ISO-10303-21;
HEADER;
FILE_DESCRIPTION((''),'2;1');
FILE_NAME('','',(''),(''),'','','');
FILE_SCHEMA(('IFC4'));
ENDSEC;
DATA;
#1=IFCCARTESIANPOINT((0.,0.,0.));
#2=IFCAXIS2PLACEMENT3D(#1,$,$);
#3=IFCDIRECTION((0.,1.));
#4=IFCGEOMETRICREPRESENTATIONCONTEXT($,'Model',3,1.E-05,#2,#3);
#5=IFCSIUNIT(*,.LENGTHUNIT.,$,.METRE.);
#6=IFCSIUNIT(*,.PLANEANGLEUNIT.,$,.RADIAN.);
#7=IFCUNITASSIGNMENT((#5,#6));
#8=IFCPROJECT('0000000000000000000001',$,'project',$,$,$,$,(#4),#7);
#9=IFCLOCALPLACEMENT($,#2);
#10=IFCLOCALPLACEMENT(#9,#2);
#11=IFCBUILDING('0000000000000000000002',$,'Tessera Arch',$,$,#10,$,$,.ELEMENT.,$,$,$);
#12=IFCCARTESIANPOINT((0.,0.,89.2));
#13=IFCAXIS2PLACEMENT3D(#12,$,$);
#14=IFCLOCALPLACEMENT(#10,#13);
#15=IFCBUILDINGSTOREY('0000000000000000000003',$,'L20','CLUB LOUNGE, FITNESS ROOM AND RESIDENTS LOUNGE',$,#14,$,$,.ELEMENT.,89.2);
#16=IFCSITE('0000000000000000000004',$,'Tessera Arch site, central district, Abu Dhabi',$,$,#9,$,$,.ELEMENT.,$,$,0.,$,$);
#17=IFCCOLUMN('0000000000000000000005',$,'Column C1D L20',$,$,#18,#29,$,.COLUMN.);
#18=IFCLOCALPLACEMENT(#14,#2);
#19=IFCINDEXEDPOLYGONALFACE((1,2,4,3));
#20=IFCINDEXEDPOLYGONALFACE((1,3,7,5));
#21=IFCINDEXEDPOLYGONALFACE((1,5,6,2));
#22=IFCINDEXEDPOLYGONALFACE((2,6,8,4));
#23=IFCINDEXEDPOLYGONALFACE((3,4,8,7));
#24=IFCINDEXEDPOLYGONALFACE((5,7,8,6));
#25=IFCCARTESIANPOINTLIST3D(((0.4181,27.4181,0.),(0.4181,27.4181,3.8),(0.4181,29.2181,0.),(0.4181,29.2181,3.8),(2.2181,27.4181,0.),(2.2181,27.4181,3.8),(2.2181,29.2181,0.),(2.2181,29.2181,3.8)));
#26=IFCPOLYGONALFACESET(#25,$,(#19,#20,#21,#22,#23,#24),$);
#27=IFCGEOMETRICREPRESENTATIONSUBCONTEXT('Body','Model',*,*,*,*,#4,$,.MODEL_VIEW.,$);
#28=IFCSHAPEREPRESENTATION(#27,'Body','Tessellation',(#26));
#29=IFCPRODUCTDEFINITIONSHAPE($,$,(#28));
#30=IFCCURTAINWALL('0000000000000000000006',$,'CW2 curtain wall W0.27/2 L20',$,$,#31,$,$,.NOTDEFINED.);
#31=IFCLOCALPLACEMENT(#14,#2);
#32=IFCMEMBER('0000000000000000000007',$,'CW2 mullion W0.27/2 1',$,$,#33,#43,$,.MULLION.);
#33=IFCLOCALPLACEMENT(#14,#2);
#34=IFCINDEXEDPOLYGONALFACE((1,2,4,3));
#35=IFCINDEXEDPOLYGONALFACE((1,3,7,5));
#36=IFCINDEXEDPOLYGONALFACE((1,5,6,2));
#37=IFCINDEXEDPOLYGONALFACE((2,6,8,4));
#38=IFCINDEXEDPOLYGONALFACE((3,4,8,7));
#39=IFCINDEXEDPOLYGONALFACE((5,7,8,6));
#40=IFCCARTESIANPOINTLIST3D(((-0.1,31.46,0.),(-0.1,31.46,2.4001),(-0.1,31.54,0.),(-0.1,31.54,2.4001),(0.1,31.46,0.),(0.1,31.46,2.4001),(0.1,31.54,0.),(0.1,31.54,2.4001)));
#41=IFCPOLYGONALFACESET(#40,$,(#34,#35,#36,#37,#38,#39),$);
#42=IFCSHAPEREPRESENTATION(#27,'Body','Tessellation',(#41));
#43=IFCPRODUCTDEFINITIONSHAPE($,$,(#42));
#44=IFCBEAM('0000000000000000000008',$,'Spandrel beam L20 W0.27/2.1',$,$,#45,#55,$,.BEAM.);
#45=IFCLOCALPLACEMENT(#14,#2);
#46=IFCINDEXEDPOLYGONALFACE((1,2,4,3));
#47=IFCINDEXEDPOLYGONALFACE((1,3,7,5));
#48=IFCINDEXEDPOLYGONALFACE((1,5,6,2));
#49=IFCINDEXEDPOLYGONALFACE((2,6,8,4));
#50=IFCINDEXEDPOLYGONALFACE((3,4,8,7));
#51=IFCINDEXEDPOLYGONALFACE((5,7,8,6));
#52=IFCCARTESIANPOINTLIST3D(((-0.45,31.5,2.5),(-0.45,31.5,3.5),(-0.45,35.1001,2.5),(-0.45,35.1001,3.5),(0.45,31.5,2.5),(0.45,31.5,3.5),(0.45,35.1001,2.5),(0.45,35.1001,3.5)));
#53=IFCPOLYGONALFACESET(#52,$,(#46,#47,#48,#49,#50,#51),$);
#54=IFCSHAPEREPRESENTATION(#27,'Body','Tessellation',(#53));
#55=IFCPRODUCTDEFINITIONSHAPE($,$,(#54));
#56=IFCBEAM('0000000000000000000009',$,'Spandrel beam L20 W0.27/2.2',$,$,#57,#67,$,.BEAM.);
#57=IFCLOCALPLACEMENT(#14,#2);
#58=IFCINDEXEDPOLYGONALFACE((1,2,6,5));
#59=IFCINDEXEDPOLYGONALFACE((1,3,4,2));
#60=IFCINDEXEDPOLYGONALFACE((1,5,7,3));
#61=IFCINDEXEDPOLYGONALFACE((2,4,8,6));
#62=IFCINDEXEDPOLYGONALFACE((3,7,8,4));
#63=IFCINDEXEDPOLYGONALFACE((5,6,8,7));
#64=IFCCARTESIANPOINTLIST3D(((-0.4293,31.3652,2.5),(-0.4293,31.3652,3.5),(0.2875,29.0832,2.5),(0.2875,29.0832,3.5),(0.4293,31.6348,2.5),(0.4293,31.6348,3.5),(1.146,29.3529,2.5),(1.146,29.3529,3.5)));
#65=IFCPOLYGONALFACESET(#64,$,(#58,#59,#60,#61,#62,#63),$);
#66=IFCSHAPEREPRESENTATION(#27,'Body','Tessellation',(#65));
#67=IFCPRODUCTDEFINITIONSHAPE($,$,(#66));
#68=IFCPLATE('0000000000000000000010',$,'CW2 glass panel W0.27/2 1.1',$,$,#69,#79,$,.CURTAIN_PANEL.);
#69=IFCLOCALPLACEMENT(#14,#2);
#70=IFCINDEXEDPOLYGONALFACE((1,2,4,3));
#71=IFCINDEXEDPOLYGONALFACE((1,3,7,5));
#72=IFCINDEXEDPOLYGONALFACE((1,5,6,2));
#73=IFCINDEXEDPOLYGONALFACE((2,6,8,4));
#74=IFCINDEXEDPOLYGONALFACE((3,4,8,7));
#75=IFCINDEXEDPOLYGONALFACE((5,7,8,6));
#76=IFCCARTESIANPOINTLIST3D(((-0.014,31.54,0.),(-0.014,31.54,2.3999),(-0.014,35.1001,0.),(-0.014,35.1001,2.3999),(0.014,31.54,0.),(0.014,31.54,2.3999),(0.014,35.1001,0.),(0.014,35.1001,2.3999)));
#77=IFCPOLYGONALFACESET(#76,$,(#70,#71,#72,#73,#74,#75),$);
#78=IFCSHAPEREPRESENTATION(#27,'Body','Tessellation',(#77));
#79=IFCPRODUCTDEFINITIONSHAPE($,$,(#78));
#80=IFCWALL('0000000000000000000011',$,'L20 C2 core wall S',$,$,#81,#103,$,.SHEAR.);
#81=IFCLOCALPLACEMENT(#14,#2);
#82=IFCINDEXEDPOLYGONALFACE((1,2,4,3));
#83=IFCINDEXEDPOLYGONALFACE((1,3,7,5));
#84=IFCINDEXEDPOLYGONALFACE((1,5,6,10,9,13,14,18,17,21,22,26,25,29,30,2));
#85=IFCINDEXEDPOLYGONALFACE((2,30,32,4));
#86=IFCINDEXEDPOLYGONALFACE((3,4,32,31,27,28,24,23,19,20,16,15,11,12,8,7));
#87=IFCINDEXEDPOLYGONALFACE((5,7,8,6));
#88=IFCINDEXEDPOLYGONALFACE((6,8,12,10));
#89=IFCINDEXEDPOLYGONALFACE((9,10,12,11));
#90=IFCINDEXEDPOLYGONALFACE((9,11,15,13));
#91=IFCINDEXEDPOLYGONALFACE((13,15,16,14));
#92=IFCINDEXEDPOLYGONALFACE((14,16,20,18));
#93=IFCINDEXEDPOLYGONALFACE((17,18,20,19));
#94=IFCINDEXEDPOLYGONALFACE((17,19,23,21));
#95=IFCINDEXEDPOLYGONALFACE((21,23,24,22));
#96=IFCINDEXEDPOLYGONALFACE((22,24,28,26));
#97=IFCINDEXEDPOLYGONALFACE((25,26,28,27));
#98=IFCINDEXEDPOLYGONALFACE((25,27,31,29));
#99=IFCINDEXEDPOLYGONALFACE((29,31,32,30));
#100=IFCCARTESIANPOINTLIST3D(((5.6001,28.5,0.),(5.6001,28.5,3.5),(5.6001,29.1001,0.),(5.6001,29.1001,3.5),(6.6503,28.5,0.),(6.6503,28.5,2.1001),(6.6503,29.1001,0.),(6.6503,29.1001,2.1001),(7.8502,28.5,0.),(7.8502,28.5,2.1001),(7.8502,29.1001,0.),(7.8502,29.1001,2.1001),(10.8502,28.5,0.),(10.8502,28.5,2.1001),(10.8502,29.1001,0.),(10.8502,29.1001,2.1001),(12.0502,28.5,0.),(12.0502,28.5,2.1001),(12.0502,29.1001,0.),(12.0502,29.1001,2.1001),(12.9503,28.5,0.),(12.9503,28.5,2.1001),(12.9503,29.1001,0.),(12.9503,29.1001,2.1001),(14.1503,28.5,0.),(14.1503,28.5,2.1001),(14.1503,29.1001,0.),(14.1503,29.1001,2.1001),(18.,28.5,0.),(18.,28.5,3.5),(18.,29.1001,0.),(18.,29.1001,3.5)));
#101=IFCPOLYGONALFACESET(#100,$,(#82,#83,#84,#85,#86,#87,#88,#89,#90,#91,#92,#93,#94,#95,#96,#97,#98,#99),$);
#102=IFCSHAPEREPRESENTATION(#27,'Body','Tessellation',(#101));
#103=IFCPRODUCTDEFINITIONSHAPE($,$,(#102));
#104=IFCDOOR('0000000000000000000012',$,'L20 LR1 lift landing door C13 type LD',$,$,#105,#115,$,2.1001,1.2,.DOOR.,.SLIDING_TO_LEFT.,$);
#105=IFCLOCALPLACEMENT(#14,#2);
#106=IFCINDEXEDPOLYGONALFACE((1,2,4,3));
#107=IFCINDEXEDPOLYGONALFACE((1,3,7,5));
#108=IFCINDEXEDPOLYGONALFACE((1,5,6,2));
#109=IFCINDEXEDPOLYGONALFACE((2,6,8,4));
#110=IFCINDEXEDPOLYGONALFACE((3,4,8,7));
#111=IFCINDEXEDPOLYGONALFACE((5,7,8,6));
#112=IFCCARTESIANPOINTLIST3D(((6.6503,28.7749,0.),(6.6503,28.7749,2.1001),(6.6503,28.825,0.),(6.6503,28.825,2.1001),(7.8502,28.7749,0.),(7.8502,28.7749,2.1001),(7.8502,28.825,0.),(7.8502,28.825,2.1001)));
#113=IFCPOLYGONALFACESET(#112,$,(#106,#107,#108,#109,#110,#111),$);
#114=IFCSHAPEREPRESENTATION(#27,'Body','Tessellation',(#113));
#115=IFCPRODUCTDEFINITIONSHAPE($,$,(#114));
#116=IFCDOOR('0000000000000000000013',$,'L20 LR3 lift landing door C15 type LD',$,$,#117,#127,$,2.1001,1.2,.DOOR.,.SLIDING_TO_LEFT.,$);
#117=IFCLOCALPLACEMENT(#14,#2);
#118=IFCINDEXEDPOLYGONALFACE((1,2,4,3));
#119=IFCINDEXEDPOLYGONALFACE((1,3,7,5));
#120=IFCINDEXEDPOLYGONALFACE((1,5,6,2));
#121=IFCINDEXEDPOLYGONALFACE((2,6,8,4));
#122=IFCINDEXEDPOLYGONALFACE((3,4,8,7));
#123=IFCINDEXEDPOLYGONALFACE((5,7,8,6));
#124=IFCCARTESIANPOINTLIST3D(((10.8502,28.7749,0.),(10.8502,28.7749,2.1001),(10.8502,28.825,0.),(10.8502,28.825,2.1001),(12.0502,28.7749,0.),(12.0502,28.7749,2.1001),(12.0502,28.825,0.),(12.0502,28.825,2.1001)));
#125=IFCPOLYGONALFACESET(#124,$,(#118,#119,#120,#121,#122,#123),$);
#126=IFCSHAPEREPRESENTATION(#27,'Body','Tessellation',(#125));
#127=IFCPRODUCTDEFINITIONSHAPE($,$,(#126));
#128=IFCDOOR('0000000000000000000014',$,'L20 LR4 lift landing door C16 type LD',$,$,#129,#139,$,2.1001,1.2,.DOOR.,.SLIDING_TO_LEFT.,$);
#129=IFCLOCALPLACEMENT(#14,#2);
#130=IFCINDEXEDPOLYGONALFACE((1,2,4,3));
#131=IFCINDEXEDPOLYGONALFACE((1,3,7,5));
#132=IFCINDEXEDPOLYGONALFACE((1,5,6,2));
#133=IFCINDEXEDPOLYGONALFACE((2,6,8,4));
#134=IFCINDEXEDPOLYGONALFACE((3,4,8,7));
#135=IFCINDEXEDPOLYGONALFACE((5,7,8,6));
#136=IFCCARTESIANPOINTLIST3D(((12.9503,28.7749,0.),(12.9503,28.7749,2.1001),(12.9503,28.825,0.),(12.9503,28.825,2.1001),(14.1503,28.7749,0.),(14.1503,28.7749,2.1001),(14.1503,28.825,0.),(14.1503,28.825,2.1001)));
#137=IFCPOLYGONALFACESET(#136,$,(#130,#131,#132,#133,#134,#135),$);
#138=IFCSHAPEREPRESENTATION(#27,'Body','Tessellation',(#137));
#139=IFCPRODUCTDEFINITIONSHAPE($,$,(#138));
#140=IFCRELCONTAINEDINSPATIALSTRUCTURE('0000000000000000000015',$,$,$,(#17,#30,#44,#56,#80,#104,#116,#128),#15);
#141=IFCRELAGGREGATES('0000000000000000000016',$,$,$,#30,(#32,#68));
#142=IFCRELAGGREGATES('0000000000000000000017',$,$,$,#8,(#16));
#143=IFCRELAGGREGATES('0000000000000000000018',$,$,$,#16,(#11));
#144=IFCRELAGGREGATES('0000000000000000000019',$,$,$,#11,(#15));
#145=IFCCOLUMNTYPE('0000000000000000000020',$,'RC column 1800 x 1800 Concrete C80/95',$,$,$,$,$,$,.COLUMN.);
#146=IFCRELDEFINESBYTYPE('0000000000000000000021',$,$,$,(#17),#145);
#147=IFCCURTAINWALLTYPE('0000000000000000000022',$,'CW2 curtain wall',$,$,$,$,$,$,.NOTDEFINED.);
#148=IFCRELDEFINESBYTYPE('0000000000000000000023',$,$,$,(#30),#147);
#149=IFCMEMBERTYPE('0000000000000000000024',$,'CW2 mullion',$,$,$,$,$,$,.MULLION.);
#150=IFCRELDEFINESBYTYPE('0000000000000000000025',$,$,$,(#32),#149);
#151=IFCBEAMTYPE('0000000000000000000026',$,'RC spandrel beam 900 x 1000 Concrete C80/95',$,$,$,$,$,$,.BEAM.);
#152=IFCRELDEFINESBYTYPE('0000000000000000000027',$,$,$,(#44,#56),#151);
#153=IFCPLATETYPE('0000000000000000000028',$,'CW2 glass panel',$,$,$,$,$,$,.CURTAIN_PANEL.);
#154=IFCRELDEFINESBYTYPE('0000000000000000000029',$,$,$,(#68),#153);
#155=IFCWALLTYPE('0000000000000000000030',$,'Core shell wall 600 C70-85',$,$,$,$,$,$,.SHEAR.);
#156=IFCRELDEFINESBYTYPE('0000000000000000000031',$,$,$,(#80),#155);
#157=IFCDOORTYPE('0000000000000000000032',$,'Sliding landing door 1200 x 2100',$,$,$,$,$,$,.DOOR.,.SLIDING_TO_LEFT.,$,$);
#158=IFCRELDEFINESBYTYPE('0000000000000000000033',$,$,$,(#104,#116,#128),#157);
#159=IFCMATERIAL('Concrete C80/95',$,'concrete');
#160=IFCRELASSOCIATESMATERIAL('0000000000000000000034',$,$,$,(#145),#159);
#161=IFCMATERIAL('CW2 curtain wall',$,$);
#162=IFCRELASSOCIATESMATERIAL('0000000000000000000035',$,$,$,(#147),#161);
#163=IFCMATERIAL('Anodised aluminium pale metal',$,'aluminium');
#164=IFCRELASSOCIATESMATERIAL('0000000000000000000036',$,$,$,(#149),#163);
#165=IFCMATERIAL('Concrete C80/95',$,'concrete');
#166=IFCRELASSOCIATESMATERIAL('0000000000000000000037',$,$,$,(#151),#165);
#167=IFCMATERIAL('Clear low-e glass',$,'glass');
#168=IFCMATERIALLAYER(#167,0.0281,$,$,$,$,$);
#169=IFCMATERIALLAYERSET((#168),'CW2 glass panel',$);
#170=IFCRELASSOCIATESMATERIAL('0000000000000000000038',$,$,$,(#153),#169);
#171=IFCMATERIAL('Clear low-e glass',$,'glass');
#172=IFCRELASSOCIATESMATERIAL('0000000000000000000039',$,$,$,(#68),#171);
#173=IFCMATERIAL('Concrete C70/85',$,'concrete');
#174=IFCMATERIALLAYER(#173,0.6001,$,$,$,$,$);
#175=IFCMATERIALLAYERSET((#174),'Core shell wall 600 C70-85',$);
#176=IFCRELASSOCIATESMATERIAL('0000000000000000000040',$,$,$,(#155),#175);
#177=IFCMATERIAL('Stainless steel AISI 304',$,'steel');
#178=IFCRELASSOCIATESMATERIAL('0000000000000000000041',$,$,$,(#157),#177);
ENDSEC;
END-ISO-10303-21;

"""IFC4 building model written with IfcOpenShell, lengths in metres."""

from ifc_helpers import new_model, si_unit, direction, frame, frame_2d, origin, origin_2d, place, context, subcontext, project, spatial, rectangle, extrude, material, layer, layer_set, material_profile, profile_set, type_object, element, fill, aggregate, save


model = new_model("IFC4")

# Units and contexts
model_context = context("Model", 3, precision=1e-05, world=origin(), true_north=direction((0.0, 1.0)))
body_context = subcontext(model_context, "Body", "Model", "MODEL_VIEW")
ifc_project = project(units=[si_unit("LENGTHUNIT", "METRE"), si_unit("PLANEANGLEUNIT", "RADIAN")], contexts=[model_context])

# Site, building, storey
site_placement = place(None, origin())
site = spatial("IfcSite", under=ifc_project, at=site_placement, Name="Tessera Arch site, central district, Abu Dhabi", CompositionType="ELEMENT", RefElevation=0.0)
building_placement = place(site_placement, origin())
building = spatial("IfcBuilding", under=site, at=building_placement, Name="Tessera Arch", CompositionType="ELEMENT")
storey_placement = place(building_placement, frame((0.0, 0.0, 89.2)))
storey = spatial("IfcBuildingStorey", under=building, at=storey_placement, Name="L20", Description="CLUB LOUNGE, FITNESS ROOM AND RESIDENTS LOUNGE", CompositionType="ELEMENT", Elevation=89.2)

# Column
ifc_material_1 = material(Name="Concrete C80/95", Category="concrete")
ifc_material_profile_1 = material_profile(ifc_material_1, rectangle(XDim=1.8, YDim=1.8, at=origin_2d()), Name="RC column 1800 x 1800 Concrete C80/95")
ifc_profile_set_1 = profile_set([ifc_material_profile_1], Name="Concrete C80/95")
column_type = type_object("IfcColumnType", Name="RC column 1800 x 1800 Concrete C80/95", PredefinedType="COLUMN", material=ifc_profile_set_1)
column_placement = place(storey_placement, frame((1.3181, 28.3181, 0.0), z_axis=(0.0, 0.0, 1.0), x_axis=(1.0, 0.0, 0.0)))
element("IfcColumn", 1, at=column_placement, inside=storey, type_object=column_type, Name="Column C1D L20", PredefinedType="COLUMN", context=body_context, shape_type="SweptSolid", body=[
    extrude(rectangle(XDim=1.8, YDim=1.8, at=origin_2d()), origin(), (0.0, 0.0, 1.0), 3.8),
])

# Curtain wall, member
ifc_material_2 = material(Name="CW2 curtain wall")
curtain_wall_type = type_object("IfcCurtainWallType", Name="CW2 curtain wall", PredefinedType="NOTDEFINED", material=ifc_material_2)
curtain_wall_placement = place(storey_placement, origin())
curtain_wall = element("IfcCurtainWall", 2, at=curtain_wall_placement, inside=storey, type_object=curtain_wall_type, Name="CW2 curtain wall W0.27/2 L20", PredefinedType="NOTDEFINED")
ifc_material_3 = material(Name="Anodised aluminium pale metal", Category="aluminium")
ifc_material_profile_2 = material_profile(ifc_material_3, rectangle(XDim=0.2, YDim=0.0801, at=origin_2d()), Name="AL 80x200")
ifc_profile_set_2 = profile_set([ifc_material_profile_2], Name="Anodised aluminium pale metal")
member_type = type_object("IfcMemberType", Name="CW2 mullion", PredefinedType="MULLION", material=ifc_profile_set_2)
member_placement = place(storey_placement, frame((0.0, 31.5, 0.0), z_axis=(0.0, 0.0, 1.0), x_axis=(1.0, 0.0, 0.0)))
member = element("IfcMember", 3, at=member_placement, type_object=member_type, Name="CW2 mullion W0.27/2 1", PredefinedType="MULLION", context=body_context, shape_type="SweptSolid", body=[
    extrude(rectangle(XDim=0.2, YDim=0.0801, at=origin_2d()), origin(), (0.0, 0.0, 1.0), 2.4001),
])

# Beams
ifc_material_4 = material(Name="Concrete C80/95", Category="concrete")
ifc_material_profile_3 = material_profile(ifc_material_4, rectangle(XDim=0.8999, YDim=1.0, at=origin_2d()), Name="RC spandrel beam 900 x 1000 Concrete C80/95")
ifc_profile_set_3 = profile_set([ifc_material_profile_3], Name="Concrete C80/95")
beam_type = type_object("IfcBeamType", Name="RC spandrel beam 900 x 1000 Concrete C80/95", PredefinedType="BEAM", material=ifc_profile_set_3)
beam_1_placement = place(storey_placement, frame((0.0, 35.1001, 3.0), z_axis=(0.0, -1.0, 0.0), x_axis=(1.0, 0.0, 0.0)))
element("IfcBeam", 4, at=beam_1_placement, inside=storey, type_object=beam_type, Name="Spandrel beam L20 W0.27/2.1", PredefinedType="BEAM", context=body_context, shape_type="SweptSolid", body=[
    extrude(rectangle(XDim=0.8999, YDim=1.0, at=origin_2d()), origin(), (0.0, 0.0, 1.0), 3.6001),
])
beam_2_placement = place(storey_placement, frame((0.0, 31.5, 3.0), z_axis=(0.299675, -0.954041, 0.0), x_axis=(0.954041, 0.299675, 0.0)))
element("IfcBeam", 5, at=beam_2_placement, inside=storey, type_object=beam_type, Name="Spandrel beam L20 W0.27/2.2", PredefinedType="BEAM", context=body_context, shape_type="SweptSolid", body=[
    extrude(rectangle(XDim=0.8999, YDim=1.0, at=origin_2d()), origin(), (0.0, 0.0, 1.0), 2.3918),
])

# Plate
ifc_material_5 = material(Name="Clear low-e glass", Category="glass")
ifc_material_6 = material(Name="Clear low-e glass", Category="glass")
ifc_layer_1 = layer(ifc_material_6, 0.0281)
ifc_layer_set_1 = layer_set([ifc_layer_1], Name="CW2 glass panel")
plate_type = type_object("IfcPlateType", Name="CW2 glass panel", PredefinedType="CURTAIN_PANEL", material=ifc_layer_set_1)
plate_placement = place(storey_placement, frame((0.0, 33.3201, 0.0), z_axis=(0.0, 0.0, 1.0), x_axis=(0.0, -1.0, 0.0)))
plate = element("IfcPlate", 6, at=plate_placement, type_object=plate_type, material=ifc_material_5, Name="CW2 glass panel W0.27/2 1.1", PredefinedType="CURTAIN_PANEL", context=body_context, shape_type="SweptSolid", body=[
    extrude(rectangle(XDim=3.5601, YDim=0.0281, at=origin_2d()), origin(), (0.0, 0.0, 1.0), 2.3999),
])
aggregate(curtain_wall, [member, plate])

# Wall, openings, doors
ifc_material_7 = material(Name="Concrete C70/85", Category="concrete")
ifc_layer_2 = layer(ifc_material_7, 0.6001)
ifc_layer_set_2 = layer_set([ifc_layer_2], Name="Core shell wall 600 C70-85")
wall_type_1 = type_object("IfcWallType", Name="Core shell wall 600 C70-85", PredefinedType="SHEAR", material=ifc_layer_set_2)
wall_1_placement = place(storey_placement, frame((5.6001, 28.8, 0.0), z_axis=(0.0, 0.0, 1.0), x_axis=(1.0, 0.0, 0.0)))
wall_1 = element("IfcWall", 7, at=wall_1_placement, inside=storey, type_object=wall_type_1, Name="L20 C2 core wall S", PredefinedType="SHEAR", context=body_context, shape_type="SweptSolid", body=[
    extrude(rectangle(XDim=12.3999, YDim=0.6001, at=frame_2d((6.2, 0.0))), origin(), (0.0, 0.0, 1.0), 3.5),
])
opening_1_placement = place(wall_1_placement, frame((1.05, 0.0, 0.0)))
opening_1 = element("IfcOpeningElement", 8, at=opening_1_placement, cuts=wall_1, PredefinedType="OPENING", context=body_context, shape_type="SweptSolid", body=[
    extrude(rectangle(XDim=1.2, YDim=2.1001, at=frame_2d((0.6001, 1.05))), frame((0.0, 0.3101, 0.0), z_axis=(0.0, -1.0, 0.0), x_axis=(1.0, 0.0, 0.0)), (0.0, 0.0, 1.0), 0.6201),
])
opening_2_placement = place(wall_1_placement, frame((5.25, 0.0, 0.0)))
opening_2 = element("IfcOpeningElement", 9, at=opening_2_placement, cuts=wall_1, PredefinedType="OPENING", context=body_context, shape_type="SweptSolid", body=[
    extrude(rectangle(XDim=1.2, YDim=2.1001, at=frame_2d((0.6001, 1.05))), frame((0.0, 0.3101, 0.0), z_axis=(0.0, -1.0, 0.0), x_axis=(1.0, 0.0, 0.0)), (0.0, 0.0, 1.0), 0.6201),
])
opening_3_placement = place(wall_1_placement, frame((7.3501, 0.0, 0.0)))
opening_3 = element("IfcOpeningElement", 10, at=opening_3_placement, cuts=wall_1, PredefinedType="OPENING", context=body_context, shape_type="SweptSolid", body=[
    extrude(rectangle(XDim=1.2, YDim=2.1001, at=frame_2d((0.6001, 1.05))), frame((0.0, 0.3101, 0.0), z_axis=(0.0, -1.0, 0.0), x_axis=(1.0, 0.0, 0.0)), (0.0, 0.0, 1.0), 0.6201),
])
ifc_material_8 = material(Name="Stainless steel AISI 304", Category="steel")
door_type_1 = type_object("IfcDoorType", Name="Sliding landing door 1200 x 2100", OperationType="SLIDING_TO_LEFT", PredefinedType="DOOR", material=ifc_material_8)
door_1_placement = place(opening_1_placement, origin())
door_1 = element("IfcDoor", 11, at=door_1_placement, inside=storey, type_object=door_type_1, Name="L20 LR1 lift landing door C13 type LD", OperationType="SLIDING_TO_LEFT", OverallHeight=2.1001, OverallWidth=1.2, PredefinedType="DOOR", context=body_context, shape_type="SweptSolid", body=[
    extrude(rectangle(XDim=1.2, YDim=2.1001, at=frame_2d((0.6001, 1.05))), frame((0.0, 0.0249, 0.0), z_axis=(0.0, -1.0, 0.0), x_axis=(1.0, 0.0, 0.0)), (0.0, 0.0, 1.0), 0.05),
])
fill(opening_1, door_1)
door_2_placement = place(opening_2_placement, origin())
door_2 = element("IfcDoor", 12, at=door_2_placement, inside=storey, type_object=door_type_1, Name="L20 LR3 lift landing door C15 type LD", OperationType="SLIDING_TO_LEFT", OverallHeight=2.1001, OverallWidth=1.2, PredefinedType="DOOR", context=body_context, shape_type="SweptSolid", body=[
    extrude(rectangle(XDim=1.2, YDim=2.1001, at=frame_2d((0.6001, 1.05))), frame((0.0, 0.0249, 0.0), z_axis=(0.0, -1.0, 0.0), x_axis=(1.0, 0.0, 0.0)), (0.0, 0.0, 1.0), 0.05),
])
fill(opening_2, door_2)
door_3_placement = place(opening_3_placement, origin())
door_3 = element("IfcDoor", 13, at=door_3_placement, inside=storey, type_object=door_type_1, Name="L20 LR4 lift landing door C16 type LD", OperationType="SLIDING_TO_LEFT", OverallHeight=2.1001, OverallWidth=1.2, PredefinedType="DOOR", context=body_context, shape_type="SweptSolid", body=[
    extrude(rectangle(XDim=1.2, YDim=2.1001, at=frame_2d((0.6001, 1.05))), frame((0.0, 0.0249, 0.0), z_axis=(0.0, -1.0, 0.0), x_axis=(1.0, 0.0, 0.0)), (0.0, 0.0, 1.0), 0.05),
])
fill(opening_3, door_3)

save(model, "model.ifc")
